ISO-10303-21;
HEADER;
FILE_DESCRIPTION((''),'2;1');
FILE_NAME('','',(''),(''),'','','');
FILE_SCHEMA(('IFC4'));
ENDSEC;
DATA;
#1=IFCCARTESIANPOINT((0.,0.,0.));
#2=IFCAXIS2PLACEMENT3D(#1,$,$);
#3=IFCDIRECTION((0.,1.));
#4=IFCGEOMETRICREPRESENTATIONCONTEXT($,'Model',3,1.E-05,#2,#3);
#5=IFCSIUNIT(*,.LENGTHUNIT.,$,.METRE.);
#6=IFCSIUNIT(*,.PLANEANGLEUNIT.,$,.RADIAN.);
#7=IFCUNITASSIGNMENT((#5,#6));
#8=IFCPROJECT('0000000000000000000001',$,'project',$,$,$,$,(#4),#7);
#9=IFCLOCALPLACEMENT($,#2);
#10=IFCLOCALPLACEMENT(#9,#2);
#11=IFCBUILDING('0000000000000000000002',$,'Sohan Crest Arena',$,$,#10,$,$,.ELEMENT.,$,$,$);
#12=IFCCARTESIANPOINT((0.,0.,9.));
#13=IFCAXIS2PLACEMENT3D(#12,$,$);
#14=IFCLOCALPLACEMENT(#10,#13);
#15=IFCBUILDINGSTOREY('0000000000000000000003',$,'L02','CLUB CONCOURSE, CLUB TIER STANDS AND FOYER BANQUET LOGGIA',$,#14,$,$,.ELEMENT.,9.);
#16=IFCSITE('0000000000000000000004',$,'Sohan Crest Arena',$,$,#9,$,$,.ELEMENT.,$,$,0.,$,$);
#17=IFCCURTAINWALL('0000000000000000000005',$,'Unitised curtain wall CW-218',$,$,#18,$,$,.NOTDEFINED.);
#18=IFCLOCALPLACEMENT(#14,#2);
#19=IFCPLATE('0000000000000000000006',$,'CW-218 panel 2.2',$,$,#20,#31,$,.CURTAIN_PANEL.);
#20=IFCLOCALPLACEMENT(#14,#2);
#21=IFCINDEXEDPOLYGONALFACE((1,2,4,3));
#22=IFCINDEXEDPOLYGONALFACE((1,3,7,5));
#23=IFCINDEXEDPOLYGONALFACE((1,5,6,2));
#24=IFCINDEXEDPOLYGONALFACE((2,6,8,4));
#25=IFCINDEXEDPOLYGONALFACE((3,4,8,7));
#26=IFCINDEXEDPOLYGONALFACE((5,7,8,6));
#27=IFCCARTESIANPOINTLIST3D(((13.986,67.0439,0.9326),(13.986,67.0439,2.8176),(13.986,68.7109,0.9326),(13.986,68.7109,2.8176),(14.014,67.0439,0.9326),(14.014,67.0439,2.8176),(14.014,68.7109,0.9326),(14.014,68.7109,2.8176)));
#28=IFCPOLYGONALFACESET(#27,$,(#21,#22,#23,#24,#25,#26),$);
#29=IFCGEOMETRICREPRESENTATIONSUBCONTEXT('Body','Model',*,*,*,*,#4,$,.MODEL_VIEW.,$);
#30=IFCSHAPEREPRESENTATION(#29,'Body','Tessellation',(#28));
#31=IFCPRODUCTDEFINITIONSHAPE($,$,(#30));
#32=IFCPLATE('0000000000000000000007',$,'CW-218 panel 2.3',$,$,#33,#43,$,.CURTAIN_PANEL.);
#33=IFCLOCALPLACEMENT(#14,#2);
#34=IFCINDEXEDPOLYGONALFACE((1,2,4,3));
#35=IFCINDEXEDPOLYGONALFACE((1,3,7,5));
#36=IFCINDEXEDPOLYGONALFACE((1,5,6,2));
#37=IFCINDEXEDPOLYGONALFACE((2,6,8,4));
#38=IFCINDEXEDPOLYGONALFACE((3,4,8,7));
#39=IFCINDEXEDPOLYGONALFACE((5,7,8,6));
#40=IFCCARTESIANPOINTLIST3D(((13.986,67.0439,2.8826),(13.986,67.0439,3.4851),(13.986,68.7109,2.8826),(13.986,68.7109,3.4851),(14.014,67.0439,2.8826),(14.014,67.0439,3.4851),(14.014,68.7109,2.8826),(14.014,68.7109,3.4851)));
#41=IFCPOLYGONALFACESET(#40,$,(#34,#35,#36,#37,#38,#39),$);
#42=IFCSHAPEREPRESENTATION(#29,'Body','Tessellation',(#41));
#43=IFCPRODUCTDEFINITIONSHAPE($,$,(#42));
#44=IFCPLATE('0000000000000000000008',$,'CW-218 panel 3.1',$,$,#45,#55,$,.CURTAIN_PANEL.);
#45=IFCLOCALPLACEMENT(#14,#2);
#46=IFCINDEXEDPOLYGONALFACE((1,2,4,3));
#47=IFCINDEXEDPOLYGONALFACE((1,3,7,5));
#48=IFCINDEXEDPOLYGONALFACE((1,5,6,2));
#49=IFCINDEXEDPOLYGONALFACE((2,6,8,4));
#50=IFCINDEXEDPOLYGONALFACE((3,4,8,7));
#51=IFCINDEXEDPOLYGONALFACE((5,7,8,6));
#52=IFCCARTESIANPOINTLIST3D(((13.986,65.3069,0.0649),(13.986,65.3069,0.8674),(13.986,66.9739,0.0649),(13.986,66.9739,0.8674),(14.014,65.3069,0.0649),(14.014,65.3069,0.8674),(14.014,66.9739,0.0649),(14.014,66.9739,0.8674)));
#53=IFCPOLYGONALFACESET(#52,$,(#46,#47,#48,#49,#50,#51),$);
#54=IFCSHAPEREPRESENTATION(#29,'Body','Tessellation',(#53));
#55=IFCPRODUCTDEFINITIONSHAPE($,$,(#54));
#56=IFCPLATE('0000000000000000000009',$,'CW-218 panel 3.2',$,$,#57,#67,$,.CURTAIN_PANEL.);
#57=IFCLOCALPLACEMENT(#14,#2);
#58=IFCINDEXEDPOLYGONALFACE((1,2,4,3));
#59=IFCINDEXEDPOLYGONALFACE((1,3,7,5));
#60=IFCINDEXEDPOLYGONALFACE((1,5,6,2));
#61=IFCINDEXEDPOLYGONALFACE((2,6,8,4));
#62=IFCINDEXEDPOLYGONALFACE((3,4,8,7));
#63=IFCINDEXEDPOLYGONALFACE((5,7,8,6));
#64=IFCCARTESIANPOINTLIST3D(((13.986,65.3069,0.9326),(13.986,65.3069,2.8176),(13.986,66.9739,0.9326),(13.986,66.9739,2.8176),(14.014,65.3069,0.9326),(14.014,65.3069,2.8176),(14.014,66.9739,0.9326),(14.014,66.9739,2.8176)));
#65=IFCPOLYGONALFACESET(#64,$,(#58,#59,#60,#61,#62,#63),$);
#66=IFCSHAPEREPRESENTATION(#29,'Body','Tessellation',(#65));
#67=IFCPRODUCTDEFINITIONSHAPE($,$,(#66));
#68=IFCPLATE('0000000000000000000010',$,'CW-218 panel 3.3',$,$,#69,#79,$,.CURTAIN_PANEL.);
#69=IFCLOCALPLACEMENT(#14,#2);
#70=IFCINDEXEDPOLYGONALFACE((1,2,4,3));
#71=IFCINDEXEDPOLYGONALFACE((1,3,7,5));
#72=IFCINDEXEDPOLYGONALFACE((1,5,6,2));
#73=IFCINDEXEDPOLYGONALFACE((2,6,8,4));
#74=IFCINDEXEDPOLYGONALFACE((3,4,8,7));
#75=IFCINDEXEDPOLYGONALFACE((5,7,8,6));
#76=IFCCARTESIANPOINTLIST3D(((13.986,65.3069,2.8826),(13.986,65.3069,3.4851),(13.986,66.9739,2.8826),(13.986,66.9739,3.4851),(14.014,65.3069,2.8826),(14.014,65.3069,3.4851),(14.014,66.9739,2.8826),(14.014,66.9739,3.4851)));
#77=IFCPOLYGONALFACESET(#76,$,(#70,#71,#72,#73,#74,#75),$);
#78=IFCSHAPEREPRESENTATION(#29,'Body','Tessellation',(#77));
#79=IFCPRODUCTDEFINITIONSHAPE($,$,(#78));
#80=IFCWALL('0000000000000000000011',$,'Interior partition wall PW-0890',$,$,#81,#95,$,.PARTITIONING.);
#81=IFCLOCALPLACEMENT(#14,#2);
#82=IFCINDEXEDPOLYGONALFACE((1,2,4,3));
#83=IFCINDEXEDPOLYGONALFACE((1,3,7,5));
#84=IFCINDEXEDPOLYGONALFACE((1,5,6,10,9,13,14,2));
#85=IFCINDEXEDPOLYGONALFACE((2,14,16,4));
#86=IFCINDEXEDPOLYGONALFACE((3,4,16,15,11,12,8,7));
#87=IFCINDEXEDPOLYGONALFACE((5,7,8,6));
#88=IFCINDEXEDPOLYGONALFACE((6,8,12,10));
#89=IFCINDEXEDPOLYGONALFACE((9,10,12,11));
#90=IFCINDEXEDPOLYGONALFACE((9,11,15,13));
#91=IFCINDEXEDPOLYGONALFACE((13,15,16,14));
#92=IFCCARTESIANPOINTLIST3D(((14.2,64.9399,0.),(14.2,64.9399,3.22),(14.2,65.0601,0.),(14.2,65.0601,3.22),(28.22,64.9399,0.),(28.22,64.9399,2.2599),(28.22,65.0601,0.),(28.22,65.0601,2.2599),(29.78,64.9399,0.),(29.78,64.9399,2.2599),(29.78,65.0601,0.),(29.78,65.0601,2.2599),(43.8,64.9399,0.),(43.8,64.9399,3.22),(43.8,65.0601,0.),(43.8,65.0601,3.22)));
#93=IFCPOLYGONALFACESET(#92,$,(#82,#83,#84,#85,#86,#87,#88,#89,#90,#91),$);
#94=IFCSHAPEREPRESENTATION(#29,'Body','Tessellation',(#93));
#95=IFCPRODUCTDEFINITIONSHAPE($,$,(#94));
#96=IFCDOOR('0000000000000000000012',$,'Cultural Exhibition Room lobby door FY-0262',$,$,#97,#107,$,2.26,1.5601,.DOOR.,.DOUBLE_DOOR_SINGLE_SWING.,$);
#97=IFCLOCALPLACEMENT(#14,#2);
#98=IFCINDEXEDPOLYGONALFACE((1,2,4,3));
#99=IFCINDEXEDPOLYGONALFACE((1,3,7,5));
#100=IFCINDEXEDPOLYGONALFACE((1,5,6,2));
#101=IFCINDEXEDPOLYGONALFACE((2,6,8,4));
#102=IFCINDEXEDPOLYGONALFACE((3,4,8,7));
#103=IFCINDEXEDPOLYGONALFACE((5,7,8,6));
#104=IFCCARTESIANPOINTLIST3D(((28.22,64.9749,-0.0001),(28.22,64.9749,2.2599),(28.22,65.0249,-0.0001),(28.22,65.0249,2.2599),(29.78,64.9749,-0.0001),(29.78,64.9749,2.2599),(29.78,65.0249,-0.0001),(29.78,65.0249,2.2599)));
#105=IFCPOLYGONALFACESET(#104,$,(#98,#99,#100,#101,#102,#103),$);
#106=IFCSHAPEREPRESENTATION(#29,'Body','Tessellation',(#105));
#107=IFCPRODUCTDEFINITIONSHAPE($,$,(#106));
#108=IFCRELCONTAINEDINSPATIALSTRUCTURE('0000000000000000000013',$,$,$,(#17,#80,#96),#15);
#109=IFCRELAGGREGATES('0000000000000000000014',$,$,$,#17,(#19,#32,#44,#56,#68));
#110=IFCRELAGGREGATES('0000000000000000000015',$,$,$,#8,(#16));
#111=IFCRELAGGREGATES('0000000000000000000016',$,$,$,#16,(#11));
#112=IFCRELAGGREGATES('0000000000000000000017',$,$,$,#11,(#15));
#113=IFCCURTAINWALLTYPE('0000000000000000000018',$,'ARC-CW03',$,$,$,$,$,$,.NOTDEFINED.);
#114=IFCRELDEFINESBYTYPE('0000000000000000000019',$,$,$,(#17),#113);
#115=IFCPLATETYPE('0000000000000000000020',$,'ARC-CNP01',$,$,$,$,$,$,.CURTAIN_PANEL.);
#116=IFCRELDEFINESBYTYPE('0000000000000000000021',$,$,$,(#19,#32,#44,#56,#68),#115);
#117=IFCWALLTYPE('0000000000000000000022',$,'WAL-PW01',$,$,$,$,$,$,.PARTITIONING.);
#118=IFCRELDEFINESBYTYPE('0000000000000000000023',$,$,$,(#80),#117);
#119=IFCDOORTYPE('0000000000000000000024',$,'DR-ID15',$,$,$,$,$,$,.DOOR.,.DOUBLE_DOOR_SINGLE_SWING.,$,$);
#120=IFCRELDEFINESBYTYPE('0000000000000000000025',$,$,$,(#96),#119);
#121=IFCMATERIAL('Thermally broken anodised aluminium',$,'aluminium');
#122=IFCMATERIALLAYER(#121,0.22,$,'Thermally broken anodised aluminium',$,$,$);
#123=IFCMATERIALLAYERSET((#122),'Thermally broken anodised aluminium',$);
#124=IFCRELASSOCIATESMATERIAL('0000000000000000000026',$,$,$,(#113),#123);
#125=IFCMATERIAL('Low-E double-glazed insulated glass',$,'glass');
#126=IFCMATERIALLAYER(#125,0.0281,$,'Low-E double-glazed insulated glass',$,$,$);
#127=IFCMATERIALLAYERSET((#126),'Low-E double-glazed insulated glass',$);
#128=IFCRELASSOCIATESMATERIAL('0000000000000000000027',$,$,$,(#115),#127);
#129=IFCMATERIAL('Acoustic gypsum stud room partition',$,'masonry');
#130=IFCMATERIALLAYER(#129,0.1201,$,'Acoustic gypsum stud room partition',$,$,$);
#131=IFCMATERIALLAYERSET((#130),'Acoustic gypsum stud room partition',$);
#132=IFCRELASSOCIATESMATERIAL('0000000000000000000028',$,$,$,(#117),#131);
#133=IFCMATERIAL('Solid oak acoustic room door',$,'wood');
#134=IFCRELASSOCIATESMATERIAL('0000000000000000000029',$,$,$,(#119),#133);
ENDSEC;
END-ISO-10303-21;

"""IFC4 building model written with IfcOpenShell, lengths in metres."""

from ifc_helpers import new_model, si_unit, direction, frame, frame_2d, origin, origin_2d, place, context, subcontext, project, spatial, rectangle, extrude, material, layer, layer_set, type_object, element, fill, aggregate, save


model = new_model("IFC4")

# Units and contexts
model_context = context("Model", 3, precision=1e-05, world=origin(), true_north=direction((0.0, 1.0)))
body_context = subcontext(model_context, "Body", "Model", "MODEL_VIEW")
ifc_project = project(units=[si_unit("LENGTHUNIT", "METRE"), si_unit("PLANEANGLEUNIT", "RADIAN")], contexts=[model_context])

# Site, building, storey
site_placement = place(None, origin())
site = spatial("IfcSite", under=ifc_project, at=site_placement, Name="Sohan Crest Arena", CompositionType="ELEMENT", RefElevation=0.0)
building_placement = place(site_placement, origin())
building = spatial("IfcBuilding", under=site, at=building_placement, Name="Sohan Crest Arena", CompositionType="ELEMENT")
storey_placement = place(building_placement, frame((0.0, 0.0, 9.0)))
storey = spatial("IfcBuildingStorey", under=building, at=storey_placement, Name="L02", Description="CLUB CONCOURSE, CLUB TIER STANDS AND FOYER BANQUET LOGGIA", CompositionType="ELEMENT", Elevation=9.0)

# Shared definitions
ifc_material_1 = material(Name="Thermally broken anodised aluminium", Category="aluminium")
ifc_layer_1 = layer(ifc_material_1, 0.22, Name="Thermally broken anodised aluminium")
ifc_layer_set_1 = layer_set([ifc_layer_1], Name="Thermally broken anodised aluminium")
curtain_wall_type = type_object("IfcCurtainWallType", Name="ARC-CW03", PredefinedType="NOTDEFINED", material=ifc_layer_set_1)

# Curtain wall
curtain_wall_1_placement = place(storey_placement, origin())
curtain_wall_1 = element("IfcCurtainWall", 1, at=curtain_wall_1_placement, inside=storey, type_object=curtain_wall_type, Name="Unitised curtain wall CW-218", PredefinedType="NOTDEFINED")

# Plates
ifc_material_2 = material(Name="Low-E double-glazed insulated glass", Category="glass")
ifc_layer_2 = layer(ifc_material_2, 0.0281, Name="Low-E double-glazed insulated glass")
ifc_layer_set_2 = layer_set([ifc_layer_2], Name="Low-E double-glazed insulated glass")
plate_type = type_object("IfcPlateType", Name="ARC-CNP01", PredefinedType="CURTAIN_PANEL", material=ifc_layer_set_2)
plate_1_placement = place(storey_placement, frame((14.0, 67.8774, 0.9326), z_axis=(0.0, 0.0, 1.0), x_axis=(0.0, -1.0, 0.0)))
plate_1 = element("IfcPlate", 2, at=plate_1_placement, type_object=plate_type, Name="CW-218 panel 2.2", PredefinedType="CURTAIN_PANEL", context=body_context, shape_type="SweptSolid", body=[
    extrude(rectangle(XDim=1.667, YDim=0.0281, at=origin_2d()), origin(), (0.0, 0.0, 1.0), 1.885),
])
plate_2_placement = place(storey_placement, frame((14.0, 67.8774, 2.8826), z_axis=(0.0, 0.0, 1.0), x_axis=(0.0, -1.0, 0.0)))
plate_2 = element("IfcPlate", 3, at=plate_2_placement, type_object=plate_type, Name="CW-218 panel 2.3", PredefinedType="CURTAIN_PANEL", context=body_context, shape_type="SweptSolid", body=[
    extrude(rectangle(XDim=1.667, YDim=0.0281, at=origin_2d()), origin(), (0.0, 0.0, 1.0), 0.6025),
])
plate_3_placement = place(storey_placement, frame((14.0, 66.1404, 0.0649), z_axis=(0.0, 0.0, 1.0), x_axis=(0.0, -1.0, 0.0)))
plate_3 = element("IfcPlate", 4, at=plate_3_placement, type_object=plate_type, Name="CW-218 panel 3.1", PredefinedType="CURTAIN_PANEL", context=body_context, shape_type="SweptSolid", body=[
    extrude(rectangle(XDim=1.667, YDim=0.0281, at=origin_2d()), origin(), (0.0, 0.0, 1.0), 0.8025),
])
plate_4_placement = place(storey_placement, frame((14.0, 66.1404, 0.9326), z_axis=(0.0, 0.0, 1.0), x_axis=(0.0, -1.0, 0.0)))
plate_4 = element("IfcPlate", 5, at=plate_4_placement, type_object=plate_type, Name="CW-218 panel 3.2", PredefinedType="CURTAIN_PANEL", context=body_context, shape_type="SweptSolid", body=[
    extrude(rectangle(XDim=1.667, YDim=0.0281, at=origin_2d()), origin(), (0.0, 0.0, 1.0), 1.885),
])
plate_5_placement = place(storey_placement, frame((14.0, 66.1404, 2.8826), z_axis=(0.0, 0.0, 1.0), x_axis=(0.0, -1.0, 0.0)))
plate_5 = element("IfcPlate", 6, at=plate_5_placement, type_object=plate_type, Name="CW-218 panel 3.3", PredefinedType="CURTAIN_PANEL", context=body_context, shape_type="SweptSolid", body=[
    extrude(rectangle(XDim=1.667, YDim=0.0281, at=origin_2d()), origin(), (0.0, 0.0, 1.0), 0.6025),
])
aggregate(curtain_wall_1, [plate_1, plate_2, plate_3, plate_4, plate_5])

# Wall, opening, door
ifc_material_3 = material(Name="Acoustic gypsum stud room partition", Category="masonry")
ifc_layer_3 = layer(ifc_material_3, 0.1201, Name="Acoustic gypsum stud room partition")
ifc_layer_set_3 = layer_set([ifc_layer_3], Name="Acoustic gypsum stud room partition")
wall_type = type_object("IfcWallType", Name="WAL-PW01", PredefinedType="PARTITIONING", material=ifc_layer_set_3)
wall_placement = place(storey_placement, frame((14.2, 65.0, 0.0), z_axis=(0.0, 0.0, 1.0), x_axis=(1.0, 0.0, 0.0)))
wall = element("IfcWall", 7, at=wall_placement, inside=storey, type_object=wall_type, Name="Interior partition wall PW-0890", PredefinedType="PARTITIONING", context=body_context, shape_type="SweptSolid", body=[
    extrude(rectangle(XDim=29.6001, YDim=0.1201, at=frame_2d((14.8, 0.0))), origin(), (0.0, 0.0, 1.0), 3.22),
])
opening_placement = place(wall_placement, frame((14.02, 0.0, 0.0)))
opening = element("IfcOpeningElement", 8, at=opening_placement, cuts=wall, PredefinedType="OPENING", context=body_context, shape_type="SweptSolid", body=[
    extrude(rectangle(XDim=1.5601, YDim=2.26, at=frame_2d((0.78, 1.1299))), frame((0.0, 0.0701, 0.0), z_axis=(0.0, -1.0, 0.0), x_axis=(1.0, 0.0, 0.0)), (0.0, 0.0, 1.0), 0.1401),
])
ifc_material_4 = material(Name="Solid oak acoustic room door", Category="wood")
door_type = type_object("IfcDoorType", Name="DR-ID15", OperationType="DOUBLE_DOOR_SINGLE_SWING", PredefinedType="DOOR", material=ifc_material_4)
door_placement = place(opening_placement, origin())
door = element("IfcDoor", 9, at=door_placement, inside=storey, type_object=door_type, Name="Cultural Exhibition Room lobby door FY-0262", OperationType="DOUBLE_DOOR_SINGLE_SWING", OverallHeight=2.26, OverallWidth=1.5601, PredefinedType="DOOR", context=body_context, shape_type="SweptSolid", body=[
    extrude(rectangle(XDim=1.5601, YDim=2.26, at=frame_2d((0.78, 1.1299))), frame((0.0, 0.0249, 0.0), z_axis=(0.0, -1.0, 0.0), x_axis=(1.0, 0.0, 0.0)), (0.0, 0.0, 1.0), 0.05),
])
fill(opening, door)

save(model, "model.ifc")
